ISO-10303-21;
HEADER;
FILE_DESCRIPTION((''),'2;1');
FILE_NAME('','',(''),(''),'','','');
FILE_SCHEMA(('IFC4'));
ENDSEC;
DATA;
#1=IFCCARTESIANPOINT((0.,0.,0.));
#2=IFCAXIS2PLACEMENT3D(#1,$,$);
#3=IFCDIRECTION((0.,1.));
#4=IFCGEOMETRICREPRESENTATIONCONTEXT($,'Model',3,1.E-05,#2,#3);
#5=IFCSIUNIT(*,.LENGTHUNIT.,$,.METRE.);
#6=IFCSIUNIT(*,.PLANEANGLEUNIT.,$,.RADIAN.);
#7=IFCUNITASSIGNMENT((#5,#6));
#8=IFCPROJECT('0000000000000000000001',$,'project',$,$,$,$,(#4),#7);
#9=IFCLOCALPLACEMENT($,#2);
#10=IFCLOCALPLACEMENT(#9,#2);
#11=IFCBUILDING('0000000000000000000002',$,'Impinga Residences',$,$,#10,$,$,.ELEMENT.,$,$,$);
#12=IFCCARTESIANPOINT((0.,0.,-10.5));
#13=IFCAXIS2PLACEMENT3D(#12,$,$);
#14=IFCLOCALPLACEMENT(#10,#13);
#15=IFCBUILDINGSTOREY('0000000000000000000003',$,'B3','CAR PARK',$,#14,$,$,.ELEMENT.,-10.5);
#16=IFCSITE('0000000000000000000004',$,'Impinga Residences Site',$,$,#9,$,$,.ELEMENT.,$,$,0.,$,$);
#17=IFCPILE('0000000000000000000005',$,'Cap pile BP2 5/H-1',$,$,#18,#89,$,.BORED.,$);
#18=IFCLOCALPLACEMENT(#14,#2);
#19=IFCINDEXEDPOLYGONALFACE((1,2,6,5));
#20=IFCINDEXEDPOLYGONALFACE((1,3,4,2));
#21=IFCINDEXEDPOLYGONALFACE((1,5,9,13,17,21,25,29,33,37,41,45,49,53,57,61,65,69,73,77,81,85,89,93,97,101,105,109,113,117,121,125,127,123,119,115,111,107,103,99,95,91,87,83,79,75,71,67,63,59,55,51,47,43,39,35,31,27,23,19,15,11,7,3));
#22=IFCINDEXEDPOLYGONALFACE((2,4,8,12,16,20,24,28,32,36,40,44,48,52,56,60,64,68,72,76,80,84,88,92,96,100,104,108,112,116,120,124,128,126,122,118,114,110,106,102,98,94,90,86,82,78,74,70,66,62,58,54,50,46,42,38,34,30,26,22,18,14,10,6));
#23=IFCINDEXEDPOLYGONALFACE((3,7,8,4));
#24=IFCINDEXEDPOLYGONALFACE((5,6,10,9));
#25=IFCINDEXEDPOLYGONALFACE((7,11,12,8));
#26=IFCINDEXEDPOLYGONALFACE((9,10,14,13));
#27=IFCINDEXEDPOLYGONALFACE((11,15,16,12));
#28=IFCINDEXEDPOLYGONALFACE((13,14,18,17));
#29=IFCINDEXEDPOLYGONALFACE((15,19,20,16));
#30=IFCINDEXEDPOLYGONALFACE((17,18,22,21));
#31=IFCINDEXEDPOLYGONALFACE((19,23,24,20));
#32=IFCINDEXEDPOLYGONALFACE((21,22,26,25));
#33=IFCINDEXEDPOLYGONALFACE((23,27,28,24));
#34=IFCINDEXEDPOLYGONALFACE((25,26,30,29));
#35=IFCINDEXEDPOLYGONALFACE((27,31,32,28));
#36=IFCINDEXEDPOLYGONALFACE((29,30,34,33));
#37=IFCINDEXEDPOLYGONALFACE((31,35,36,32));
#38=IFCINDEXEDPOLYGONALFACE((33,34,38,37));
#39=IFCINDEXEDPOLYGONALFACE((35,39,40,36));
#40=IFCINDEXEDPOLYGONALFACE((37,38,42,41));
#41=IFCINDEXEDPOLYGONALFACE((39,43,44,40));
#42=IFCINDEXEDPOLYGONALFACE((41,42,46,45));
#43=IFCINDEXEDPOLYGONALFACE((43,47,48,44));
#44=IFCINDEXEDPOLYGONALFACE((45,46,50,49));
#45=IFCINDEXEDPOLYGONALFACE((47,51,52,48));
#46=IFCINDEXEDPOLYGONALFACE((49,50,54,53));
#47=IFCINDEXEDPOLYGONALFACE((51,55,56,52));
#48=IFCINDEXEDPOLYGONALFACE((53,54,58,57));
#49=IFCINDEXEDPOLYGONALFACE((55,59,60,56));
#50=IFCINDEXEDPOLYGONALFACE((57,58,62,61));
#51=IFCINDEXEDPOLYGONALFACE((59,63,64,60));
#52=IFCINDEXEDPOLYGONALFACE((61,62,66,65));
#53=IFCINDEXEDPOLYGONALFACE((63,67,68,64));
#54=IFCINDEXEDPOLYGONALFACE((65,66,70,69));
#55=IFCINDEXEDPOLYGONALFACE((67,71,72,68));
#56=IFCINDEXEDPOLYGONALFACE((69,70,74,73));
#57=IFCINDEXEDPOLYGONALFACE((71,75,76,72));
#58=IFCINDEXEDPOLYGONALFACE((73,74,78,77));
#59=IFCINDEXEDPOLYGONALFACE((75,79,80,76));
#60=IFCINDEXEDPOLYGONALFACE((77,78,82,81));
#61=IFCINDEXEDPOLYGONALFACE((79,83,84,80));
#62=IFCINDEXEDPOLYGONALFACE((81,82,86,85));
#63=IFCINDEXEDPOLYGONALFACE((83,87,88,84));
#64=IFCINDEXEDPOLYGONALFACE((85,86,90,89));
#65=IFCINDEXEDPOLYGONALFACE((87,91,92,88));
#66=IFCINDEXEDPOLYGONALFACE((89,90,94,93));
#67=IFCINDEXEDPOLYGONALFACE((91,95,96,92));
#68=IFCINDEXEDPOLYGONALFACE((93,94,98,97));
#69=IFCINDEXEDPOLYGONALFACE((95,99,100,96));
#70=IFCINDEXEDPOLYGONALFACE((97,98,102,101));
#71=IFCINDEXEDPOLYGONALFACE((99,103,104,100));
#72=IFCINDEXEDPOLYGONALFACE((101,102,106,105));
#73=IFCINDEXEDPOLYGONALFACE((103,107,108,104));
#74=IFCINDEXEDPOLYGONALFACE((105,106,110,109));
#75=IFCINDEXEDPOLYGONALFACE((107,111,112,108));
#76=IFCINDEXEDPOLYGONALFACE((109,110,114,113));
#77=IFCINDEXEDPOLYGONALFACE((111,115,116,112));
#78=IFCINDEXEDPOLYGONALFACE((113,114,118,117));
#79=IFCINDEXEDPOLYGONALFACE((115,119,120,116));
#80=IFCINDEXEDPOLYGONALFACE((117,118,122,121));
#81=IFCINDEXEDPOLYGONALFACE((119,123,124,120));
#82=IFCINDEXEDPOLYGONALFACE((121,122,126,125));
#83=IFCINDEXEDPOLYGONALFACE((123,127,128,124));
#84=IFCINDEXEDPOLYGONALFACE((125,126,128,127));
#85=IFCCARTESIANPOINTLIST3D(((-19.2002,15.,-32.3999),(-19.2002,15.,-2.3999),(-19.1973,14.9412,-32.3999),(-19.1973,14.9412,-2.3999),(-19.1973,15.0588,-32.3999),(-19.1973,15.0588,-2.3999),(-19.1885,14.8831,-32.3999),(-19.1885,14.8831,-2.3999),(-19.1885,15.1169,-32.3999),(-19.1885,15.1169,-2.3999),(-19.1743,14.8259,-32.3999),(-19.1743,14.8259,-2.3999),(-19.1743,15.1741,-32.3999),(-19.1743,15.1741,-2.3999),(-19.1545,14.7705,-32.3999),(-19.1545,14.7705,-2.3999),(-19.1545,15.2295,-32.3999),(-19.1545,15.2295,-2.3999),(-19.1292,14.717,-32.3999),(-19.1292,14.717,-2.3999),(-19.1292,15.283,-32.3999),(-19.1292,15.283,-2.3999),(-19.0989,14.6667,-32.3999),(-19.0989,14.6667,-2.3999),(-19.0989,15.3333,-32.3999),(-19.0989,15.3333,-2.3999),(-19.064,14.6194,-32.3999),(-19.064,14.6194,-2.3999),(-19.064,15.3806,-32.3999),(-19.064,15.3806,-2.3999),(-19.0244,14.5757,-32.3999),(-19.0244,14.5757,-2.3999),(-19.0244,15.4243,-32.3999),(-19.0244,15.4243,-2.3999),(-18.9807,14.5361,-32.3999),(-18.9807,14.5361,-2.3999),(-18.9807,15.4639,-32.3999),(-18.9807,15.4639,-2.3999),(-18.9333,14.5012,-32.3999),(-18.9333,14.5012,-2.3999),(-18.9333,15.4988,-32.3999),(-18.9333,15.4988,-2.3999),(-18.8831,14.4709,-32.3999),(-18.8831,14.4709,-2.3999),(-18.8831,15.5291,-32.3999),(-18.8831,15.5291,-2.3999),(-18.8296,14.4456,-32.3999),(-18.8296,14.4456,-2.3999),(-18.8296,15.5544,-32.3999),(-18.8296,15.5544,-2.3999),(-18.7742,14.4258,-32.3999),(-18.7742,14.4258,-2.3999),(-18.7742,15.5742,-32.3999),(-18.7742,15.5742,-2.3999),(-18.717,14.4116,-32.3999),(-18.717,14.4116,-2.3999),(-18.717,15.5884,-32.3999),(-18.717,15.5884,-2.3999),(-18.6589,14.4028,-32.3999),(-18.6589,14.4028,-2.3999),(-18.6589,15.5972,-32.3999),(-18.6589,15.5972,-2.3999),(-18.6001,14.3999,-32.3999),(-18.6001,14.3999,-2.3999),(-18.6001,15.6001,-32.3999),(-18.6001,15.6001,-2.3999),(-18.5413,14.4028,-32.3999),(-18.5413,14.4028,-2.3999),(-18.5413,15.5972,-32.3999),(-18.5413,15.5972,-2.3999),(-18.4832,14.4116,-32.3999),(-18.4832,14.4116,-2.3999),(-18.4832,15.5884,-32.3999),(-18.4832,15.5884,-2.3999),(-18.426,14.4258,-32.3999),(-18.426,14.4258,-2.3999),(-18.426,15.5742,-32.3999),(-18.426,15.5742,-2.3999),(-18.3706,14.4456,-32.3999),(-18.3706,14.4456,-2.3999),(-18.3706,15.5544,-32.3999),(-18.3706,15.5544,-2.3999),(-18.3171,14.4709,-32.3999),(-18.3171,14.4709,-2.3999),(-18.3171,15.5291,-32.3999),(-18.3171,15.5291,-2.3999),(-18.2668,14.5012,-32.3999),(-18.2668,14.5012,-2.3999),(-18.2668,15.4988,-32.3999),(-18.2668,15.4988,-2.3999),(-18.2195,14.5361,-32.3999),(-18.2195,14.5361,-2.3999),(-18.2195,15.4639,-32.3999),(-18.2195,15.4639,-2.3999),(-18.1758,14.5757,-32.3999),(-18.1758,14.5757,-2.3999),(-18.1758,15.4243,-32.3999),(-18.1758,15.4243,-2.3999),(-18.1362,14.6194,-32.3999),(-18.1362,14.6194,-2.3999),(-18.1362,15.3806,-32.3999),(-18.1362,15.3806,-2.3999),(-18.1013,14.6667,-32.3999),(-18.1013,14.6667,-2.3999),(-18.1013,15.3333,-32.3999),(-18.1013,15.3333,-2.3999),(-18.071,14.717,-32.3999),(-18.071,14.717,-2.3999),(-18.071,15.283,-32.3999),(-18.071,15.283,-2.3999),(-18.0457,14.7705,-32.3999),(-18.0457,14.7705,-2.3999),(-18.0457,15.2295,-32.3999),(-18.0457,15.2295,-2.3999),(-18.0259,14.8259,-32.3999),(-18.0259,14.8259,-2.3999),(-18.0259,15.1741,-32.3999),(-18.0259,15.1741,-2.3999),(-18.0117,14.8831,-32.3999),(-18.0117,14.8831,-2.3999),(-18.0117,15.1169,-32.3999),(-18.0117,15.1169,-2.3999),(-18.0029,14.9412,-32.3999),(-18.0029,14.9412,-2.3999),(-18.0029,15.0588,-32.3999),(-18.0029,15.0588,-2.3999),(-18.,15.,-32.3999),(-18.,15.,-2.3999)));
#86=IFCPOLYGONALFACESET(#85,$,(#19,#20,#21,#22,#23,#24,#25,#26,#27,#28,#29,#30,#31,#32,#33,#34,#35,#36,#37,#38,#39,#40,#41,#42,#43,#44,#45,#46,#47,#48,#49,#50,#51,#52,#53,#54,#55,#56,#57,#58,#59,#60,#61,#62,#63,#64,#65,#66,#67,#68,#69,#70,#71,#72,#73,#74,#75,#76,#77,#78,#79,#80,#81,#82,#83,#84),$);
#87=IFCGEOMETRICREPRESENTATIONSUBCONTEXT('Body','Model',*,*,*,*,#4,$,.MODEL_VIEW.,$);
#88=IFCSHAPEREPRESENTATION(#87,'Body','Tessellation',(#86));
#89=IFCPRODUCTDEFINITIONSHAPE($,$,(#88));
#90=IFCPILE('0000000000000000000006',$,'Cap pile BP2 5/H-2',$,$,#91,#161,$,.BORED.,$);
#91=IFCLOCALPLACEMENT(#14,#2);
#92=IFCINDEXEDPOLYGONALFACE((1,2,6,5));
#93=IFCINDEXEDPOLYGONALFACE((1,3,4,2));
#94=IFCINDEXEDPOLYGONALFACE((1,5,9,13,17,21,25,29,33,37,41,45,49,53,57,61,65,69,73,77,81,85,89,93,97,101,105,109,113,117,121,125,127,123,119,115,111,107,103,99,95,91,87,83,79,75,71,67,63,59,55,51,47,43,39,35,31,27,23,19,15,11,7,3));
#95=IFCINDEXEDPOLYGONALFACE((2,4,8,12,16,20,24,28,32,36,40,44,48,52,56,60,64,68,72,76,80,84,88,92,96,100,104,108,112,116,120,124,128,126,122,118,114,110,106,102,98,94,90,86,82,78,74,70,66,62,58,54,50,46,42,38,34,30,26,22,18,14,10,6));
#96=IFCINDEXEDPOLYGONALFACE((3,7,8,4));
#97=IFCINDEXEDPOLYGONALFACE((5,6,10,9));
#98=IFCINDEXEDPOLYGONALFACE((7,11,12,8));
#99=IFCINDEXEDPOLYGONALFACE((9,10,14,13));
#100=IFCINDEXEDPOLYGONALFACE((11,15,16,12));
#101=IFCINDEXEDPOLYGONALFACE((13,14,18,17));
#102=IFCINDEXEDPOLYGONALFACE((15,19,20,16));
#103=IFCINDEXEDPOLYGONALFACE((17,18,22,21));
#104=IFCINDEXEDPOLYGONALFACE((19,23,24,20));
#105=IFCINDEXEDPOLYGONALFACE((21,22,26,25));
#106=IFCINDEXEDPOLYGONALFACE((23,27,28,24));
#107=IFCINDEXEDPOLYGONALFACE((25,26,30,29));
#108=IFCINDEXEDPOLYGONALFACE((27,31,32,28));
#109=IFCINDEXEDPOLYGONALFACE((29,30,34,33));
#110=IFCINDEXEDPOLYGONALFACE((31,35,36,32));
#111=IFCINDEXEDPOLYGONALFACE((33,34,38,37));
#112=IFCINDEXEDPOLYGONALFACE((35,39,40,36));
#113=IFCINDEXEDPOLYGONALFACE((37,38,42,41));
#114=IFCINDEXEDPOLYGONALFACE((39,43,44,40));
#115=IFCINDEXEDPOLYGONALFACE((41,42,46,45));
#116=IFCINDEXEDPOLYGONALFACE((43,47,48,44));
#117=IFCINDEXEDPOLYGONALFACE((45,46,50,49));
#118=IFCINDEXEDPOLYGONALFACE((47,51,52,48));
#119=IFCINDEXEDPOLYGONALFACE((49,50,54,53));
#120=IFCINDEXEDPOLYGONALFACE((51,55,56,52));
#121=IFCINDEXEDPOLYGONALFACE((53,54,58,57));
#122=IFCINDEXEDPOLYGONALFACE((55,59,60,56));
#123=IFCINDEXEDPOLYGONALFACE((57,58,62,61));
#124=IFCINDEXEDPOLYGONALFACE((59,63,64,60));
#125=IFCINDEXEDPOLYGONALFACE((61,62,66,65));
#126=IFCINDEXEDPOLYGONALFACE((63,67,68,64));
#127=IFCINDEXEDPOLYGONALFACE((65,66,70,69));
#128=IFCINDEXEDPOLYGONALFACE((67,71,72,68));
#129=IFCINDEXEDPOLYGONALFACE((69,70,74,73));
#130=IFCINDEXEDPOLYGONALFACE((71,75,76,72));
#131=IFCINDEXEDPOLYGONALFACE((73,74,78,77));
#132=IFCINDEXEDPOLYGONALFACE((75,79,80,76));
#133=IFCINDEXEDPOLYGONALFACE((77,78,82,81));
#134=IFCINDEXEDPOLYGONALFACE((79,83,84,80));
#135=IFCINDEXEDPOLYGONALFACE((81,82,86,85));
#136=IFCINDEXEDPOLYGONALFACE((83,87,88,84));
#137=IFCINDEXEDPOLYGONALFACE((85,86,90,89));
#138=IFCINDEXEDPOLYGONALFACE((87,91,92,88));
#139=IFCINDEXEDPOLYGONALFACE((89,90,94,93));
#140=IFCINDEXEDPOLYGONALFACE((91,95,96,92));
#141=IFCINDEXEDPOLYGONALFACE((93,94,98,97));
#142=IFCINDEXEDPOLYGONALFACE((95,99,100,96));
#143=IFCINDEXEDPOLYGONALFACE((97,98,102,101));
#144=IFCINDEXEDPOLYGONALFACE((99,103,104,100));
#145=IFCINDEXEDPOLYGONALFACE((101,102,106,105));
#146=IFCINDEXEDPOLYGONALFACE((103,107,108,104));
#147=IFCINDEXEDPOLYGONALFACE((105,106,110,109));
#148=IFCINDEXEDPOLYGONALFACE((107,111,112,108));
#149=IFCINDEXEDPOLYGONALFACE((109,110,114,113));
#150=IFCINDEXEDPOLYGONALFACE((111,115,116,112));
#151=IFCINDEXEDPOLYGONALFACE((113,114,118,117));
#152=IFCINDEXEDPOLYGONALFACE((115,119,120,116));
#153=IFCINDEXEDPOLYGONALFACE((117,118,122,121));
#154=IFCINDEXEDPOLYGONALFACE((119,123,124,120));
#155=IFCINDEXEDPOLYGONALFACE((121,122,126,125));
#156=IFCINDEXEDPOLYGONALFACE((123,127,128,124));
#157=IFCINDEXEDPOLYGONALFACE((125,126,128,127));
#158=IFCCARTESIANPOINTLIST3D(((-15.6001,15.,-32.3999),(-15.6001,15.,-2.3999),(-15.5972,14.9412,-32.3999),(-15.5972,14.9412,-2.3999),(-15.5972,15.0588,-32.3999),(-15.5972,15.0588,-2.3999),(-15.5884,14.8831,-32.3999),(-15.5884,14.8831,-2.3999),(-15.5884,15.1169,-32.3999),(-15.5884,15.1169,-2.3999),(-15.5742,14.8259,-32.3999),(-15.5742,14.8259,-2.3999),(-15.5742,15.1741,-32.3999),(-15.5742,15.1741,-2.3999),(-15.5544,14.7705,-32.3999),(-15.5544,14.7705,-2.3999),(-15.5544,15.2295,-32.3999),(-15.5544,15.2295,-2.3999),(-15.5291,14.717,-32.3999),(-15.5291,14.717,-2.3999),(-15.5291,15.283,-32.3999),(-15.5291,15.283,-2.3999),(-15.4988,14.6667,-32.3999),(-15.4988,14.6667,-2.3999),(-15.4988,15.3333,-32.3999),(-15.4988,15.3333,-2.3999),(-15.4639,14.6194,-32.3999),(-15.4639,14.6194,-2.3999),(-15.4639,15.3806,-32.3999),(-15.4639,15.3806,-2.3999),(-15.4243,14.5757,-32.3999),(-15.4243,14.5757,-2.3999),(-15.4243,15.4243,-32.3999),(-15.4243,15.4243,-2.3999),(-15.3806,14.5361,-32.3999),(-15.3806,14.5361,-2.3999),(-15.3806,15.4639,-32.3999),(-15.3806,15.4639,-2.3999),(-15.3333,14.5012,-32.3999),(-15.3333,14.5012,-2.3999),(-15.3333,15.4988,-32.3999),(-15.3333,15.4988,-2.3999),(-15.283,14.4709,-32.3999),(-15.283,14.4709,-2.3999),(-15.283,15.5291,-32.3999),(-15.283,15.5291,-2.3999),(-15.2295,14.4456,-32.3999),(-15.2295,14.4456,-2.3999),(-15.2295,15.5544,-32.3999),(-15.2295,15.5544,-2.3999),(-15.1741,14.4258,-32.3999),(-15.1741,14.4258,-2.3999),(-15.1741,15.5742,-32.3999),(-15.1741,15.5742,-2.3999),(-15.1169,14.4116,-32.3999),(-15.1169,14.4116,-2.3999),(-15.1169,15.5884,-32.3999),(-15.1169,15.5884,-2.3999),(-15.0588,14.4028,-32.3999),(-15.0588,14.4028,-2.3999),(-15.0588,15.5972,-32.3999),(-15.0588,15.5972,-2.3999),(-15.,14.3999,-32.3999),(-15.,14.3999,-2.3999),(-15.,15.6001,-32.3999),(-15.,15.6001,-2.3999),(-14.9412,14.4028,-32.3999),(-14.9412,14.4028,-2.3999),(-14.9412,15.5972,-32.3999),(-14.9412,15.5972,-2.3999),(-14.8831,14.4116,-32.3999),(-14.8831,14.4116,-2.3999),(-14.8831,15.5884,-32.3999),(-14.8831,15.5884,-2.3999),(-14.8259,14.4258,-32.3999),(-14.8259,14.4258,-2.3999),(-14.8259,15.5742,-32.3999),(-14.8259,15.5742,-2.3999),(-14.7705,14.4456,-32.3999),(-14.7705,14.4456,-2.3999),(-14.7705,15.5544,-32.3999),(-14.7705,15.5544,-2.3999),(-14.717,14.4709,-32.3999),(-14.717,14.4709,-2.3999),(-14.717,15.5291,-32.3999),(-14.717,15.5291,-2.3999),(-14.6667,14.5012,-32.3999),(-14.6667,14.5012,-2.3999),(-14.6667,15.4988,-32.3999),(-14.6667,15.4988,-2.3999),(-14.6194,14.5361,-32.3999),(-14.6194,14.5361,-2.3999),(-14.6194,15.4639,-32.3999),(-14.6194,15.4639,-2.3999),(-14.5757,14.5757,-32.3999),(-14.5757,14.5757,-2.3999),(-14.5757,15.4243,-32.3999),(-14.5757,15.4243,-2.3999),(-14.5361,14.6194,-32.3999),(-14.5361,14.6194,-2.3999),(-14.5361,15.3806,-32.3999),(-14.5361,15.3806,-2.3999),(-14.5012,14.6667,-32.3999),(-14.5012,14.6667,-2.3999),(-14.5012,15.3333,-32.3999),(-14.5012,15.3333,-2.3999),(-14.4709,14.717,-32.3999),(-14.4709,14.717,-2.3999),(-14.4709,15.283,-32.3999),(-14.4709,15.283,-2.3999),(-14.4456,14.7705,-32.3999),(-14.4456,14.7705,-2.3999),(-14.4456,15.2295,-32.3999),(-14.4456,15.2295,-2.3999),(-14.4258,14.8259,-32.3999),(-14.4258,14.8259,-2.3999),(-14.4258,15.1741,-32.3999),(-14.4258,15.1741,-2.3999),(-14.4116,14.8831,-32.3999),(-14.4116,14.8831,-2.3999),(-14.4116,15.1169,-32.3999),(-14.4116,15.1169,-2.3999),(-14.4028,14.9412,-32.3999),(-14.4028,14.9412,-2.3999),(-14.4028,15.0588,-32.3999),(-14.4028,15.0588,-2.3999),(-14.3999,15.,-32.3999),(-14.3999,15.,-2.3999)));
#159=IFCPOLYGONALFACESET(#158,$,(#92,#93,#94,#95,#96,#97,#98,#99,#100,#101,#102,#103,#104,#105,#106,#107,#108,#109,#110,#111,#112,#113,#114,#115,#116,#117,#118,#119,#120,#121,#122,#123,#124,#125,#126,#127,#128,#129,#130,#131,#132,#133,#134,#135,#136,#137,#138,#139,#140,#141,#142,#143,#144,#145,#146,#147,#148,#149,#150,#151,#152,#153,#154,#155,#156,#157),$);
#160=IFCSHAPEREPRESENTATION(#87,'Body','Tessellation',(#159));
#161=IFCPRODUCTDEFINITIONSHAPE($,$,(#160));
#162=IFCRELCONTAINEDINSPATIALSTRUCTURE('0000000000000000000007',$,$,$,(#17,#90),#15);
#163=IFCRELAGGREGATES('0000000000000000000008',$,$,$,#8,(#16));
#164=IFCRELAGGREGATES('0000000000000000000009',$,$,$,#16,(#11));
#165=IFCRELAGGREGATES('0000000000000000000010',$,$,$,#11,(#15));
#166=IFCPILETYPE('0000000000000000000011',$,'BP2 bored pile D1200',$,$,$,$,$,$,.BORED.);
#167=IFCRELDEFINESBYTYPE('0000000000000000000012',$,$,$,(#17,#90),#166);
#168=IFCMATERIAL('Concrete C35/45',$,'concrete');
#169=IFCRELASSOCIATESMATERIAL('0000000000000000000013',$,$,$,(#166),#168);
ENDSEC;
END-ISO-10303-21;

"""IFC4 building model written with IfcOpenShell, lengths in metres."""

from ifc_helpers import new_model, si_unit, direction, frame, origin, origin_2d, place, context, subcontext, project, spatial, polyline, circle, outline, extrude, material, material_profile, profile_set, type_object, element, save


model = new_model("IFC4")

# Units and contexts
model_context = context("Model", 3, precision=1e-05, world=origin(), true_north=direction((0.0, 1.0)))
body_context = subcontext(model_context, "Body", "Model", "MODEL_VIEW")
ifc_project = project(units=[si_unit("LENGTHUNIT", "METRE"), si_unit("PLANEANGLEUNIT", "RADIAN")], contexts=[model_context])

# Site, building, storey
site_placement = place(None, origin())
site = spatial("IfcSite", under=ifc_project, at=site_placement, Name="Impinga Residences Site", CompositionType="ELEMENT", RefElevation=0.0)
building_placement = place(site_placement, origin())
building = spatial("IfcBuilding", under=site, at=building_placement, Name="Impinga Residences", CompositionType="ELEMENT")
storey_placement = place(building_placement, frame((0.0, 0.0, -10.5)))
storey = spatial("IfcBuildingStorey", under=building, at=storey_placement, Name="B3", Description="CAR PARK", CompositionType="ELEMENT", Elevation=-10.5)

# Piles
ifc_material_1 = material(Name="Concrete C35/45", Category="concrete")
ifc_material_profile_1 = material_profile(ifc_material_1, circle(Radius=0.6001, at=origin_2d()), Name="D1200")
ifc_profile_set_1 = profile_set([ifc_material_profile_1], Name="Concrete C35/45")
pile_type_1 = type_object("IfcPileType", Name="BP2 bored pile D1200", PredefinedType="BORED", material=ifc_profile_set_1)
pile_1_placement = place(storey_placement, frame((-18.6001, 15.0, -2.3999), z_axis=(0.0, 0.0, -1.0), x_axis=(1.0, 0.0, 0.0)))
element("IfcPile", 1, at=pile_1_placement, inside=storey, type_object=pile_type_1, Name="Cap pile BP2 5/H-1", PredefinedType="BORED", context=body_context, shape_type="SweptSolid", body=[
    extrude(outline(polyline([(0.6001, 0.0), (0.5972, 0.0588), (0.5884, 0.1169), (0.5742, 0.1741), (0.5544, 0.2295), (0.5291, 0.283), (0.4988, 0.3333), (0.4639, 0.3806), (0.4243, 0.4243), (0.3806, 0.4639), (0.3333, 0.4988), (0.283, 0.5291), (0.2295, 0.5544), (0.1741, 0.5742), (0.1169, 0.5884), (0.0588, 0.5972), (0.0, 0.6001), (-0.0588, 0.5972), (-0.1169, 0.5884), (-0.1741, 0.5742), (-0.2295, 0.5544), (-0.283, 0.5291), (-0.3333, 0.4988), (-0.3806, 0.4639), (-0.4243, 0.4243), (-0.4639, 0.3806), (-0.4988, 0.3333), (-0.5291, 0.283), (-0.5544, 0.2295), (-0.5742, 0.1741), (-0.5884, 0.1169), (-0.5972, 0.0588), (-0.6001, 0.0), (-0.5972, -0.0588), (-0.5884, -0.1169), (-0.5742, -0.1741), (-0.5544, -0.2295), (-0.5291, -0.283), (-0.4988, -0.3333), (-0.4639, -0.3806), (-0.4243, -0.4243), (-0.3806, -0.4639), (-0.3333, -0.4988), (-0.283, -0.5291), (-0.2295, -0.5544), (-0.1741, -0.5742), (-0.1169, -0.5884), (-0.0588, -0.5972), (0.0, -0.6001), (0.0588, -0.5972), (0.1169, -0.5884), (0.1741, -0.5742), (0.2295, -0.5544), (0.283, -0.5291), (0.3333, -0.4988), (0.3806, -0.4639), (0.4243, -0.4243), (0.4639, -0.3806), (0.4988, -0.3333), (0.5291, -0.283), (0.5544, -0.2295), (0.5742, -0.1741), (0.5884, -0.1169), (0.5972, -0.0588), (0.6001, 0.0)])), origin(), (0.0, 0.0, 1.0), 30.0),
])
pile_2_placement = place(storey_placement, frame((-15.0, 15.0, -2.3999), z_axis=(0.0, 0.0, -1.0), x_axis=(1.0, 0.0, 0.0)))
element("IfcPile", 2, at=pile_2_placement, inside=storey, type_object=pile_type_1, Name="Cap pile BP2 5/H-2", PredefinedType="BORED", context=body_context, shape_type="SweptSolid", body=[
    extrude(outline(polyline([(0.6001, 0.0), (0.5972, 0.0588), (0.5884, 0.1169), (0.5742, 0.1741), (0.5544, 0.2295), (0.5291, 0.283), (0.4988, 0.3333), (0.4639, 0.3806), (0.4243, 0.4243), (0.3806, 0.4639), (0.3333, 0.4988), (0.283, 0.5291), (0.2295, 0.5544), (0.1741, 0.5742), (0.1169, 0.5884), (0.0588, 0.5972), (0.0, 0.6001), (-0.0588, 0.5972), (-0.1169, 0.5884), (-0.1741, 0.5742), (-0.2295, 0.5544), (-0.283, 0.5291), (-0.3333, 0.4988), (-0.3806, 0.4639), (-0.4243, 0.4243), (-0.4639, 0.3806), (-0.4988, 0.3333), (-0.5291, 0.283), (-0.5544, 0.2295), (-0.5742, 0.1741), (-0.5884, 0.1169), (-0.5972, 0.0588), (-0.6001, 0.0), (-0.5972, -0.0588), (-0.5884, -0.1169), (-0.5742, -0.1741), (-0.5544, -0.2295), (-0.5291, -0.283), (-0.4988, -0.3333), (-0.4639, -0.3806), (-0.4243, -0.4243), (-0.3806, -0.4639), (-0.3333, -0.4988), (-0.283, -0.5291), (-0.2295, -0.5544), (-0.1741, -0.5742), (-0.1169, -0.5884), (-0.0588, -0.5972), (0.0, -0.6001), (0.0588, -0.5972), (0.1169, -0.5884), (0.1741, -0.5742), (0.2295, -0.5544), (0.283, -0.5291), (0.3333, -0.4988), (0.3806, -0.4639), (0.4243, -0.4243), (0.4639, -0.3806), (0.4988, -0.3333), (0.5291, -0.283), (0.5544, -0.2295), (0.5742, -0.1741), (0.5884, -0.1169), (0.5972, -0.0588), (0.6001, 0.0)])), origin(), (0.0, 0.0, 1.0), 30.0),
])

save(model, "model.ifc")
